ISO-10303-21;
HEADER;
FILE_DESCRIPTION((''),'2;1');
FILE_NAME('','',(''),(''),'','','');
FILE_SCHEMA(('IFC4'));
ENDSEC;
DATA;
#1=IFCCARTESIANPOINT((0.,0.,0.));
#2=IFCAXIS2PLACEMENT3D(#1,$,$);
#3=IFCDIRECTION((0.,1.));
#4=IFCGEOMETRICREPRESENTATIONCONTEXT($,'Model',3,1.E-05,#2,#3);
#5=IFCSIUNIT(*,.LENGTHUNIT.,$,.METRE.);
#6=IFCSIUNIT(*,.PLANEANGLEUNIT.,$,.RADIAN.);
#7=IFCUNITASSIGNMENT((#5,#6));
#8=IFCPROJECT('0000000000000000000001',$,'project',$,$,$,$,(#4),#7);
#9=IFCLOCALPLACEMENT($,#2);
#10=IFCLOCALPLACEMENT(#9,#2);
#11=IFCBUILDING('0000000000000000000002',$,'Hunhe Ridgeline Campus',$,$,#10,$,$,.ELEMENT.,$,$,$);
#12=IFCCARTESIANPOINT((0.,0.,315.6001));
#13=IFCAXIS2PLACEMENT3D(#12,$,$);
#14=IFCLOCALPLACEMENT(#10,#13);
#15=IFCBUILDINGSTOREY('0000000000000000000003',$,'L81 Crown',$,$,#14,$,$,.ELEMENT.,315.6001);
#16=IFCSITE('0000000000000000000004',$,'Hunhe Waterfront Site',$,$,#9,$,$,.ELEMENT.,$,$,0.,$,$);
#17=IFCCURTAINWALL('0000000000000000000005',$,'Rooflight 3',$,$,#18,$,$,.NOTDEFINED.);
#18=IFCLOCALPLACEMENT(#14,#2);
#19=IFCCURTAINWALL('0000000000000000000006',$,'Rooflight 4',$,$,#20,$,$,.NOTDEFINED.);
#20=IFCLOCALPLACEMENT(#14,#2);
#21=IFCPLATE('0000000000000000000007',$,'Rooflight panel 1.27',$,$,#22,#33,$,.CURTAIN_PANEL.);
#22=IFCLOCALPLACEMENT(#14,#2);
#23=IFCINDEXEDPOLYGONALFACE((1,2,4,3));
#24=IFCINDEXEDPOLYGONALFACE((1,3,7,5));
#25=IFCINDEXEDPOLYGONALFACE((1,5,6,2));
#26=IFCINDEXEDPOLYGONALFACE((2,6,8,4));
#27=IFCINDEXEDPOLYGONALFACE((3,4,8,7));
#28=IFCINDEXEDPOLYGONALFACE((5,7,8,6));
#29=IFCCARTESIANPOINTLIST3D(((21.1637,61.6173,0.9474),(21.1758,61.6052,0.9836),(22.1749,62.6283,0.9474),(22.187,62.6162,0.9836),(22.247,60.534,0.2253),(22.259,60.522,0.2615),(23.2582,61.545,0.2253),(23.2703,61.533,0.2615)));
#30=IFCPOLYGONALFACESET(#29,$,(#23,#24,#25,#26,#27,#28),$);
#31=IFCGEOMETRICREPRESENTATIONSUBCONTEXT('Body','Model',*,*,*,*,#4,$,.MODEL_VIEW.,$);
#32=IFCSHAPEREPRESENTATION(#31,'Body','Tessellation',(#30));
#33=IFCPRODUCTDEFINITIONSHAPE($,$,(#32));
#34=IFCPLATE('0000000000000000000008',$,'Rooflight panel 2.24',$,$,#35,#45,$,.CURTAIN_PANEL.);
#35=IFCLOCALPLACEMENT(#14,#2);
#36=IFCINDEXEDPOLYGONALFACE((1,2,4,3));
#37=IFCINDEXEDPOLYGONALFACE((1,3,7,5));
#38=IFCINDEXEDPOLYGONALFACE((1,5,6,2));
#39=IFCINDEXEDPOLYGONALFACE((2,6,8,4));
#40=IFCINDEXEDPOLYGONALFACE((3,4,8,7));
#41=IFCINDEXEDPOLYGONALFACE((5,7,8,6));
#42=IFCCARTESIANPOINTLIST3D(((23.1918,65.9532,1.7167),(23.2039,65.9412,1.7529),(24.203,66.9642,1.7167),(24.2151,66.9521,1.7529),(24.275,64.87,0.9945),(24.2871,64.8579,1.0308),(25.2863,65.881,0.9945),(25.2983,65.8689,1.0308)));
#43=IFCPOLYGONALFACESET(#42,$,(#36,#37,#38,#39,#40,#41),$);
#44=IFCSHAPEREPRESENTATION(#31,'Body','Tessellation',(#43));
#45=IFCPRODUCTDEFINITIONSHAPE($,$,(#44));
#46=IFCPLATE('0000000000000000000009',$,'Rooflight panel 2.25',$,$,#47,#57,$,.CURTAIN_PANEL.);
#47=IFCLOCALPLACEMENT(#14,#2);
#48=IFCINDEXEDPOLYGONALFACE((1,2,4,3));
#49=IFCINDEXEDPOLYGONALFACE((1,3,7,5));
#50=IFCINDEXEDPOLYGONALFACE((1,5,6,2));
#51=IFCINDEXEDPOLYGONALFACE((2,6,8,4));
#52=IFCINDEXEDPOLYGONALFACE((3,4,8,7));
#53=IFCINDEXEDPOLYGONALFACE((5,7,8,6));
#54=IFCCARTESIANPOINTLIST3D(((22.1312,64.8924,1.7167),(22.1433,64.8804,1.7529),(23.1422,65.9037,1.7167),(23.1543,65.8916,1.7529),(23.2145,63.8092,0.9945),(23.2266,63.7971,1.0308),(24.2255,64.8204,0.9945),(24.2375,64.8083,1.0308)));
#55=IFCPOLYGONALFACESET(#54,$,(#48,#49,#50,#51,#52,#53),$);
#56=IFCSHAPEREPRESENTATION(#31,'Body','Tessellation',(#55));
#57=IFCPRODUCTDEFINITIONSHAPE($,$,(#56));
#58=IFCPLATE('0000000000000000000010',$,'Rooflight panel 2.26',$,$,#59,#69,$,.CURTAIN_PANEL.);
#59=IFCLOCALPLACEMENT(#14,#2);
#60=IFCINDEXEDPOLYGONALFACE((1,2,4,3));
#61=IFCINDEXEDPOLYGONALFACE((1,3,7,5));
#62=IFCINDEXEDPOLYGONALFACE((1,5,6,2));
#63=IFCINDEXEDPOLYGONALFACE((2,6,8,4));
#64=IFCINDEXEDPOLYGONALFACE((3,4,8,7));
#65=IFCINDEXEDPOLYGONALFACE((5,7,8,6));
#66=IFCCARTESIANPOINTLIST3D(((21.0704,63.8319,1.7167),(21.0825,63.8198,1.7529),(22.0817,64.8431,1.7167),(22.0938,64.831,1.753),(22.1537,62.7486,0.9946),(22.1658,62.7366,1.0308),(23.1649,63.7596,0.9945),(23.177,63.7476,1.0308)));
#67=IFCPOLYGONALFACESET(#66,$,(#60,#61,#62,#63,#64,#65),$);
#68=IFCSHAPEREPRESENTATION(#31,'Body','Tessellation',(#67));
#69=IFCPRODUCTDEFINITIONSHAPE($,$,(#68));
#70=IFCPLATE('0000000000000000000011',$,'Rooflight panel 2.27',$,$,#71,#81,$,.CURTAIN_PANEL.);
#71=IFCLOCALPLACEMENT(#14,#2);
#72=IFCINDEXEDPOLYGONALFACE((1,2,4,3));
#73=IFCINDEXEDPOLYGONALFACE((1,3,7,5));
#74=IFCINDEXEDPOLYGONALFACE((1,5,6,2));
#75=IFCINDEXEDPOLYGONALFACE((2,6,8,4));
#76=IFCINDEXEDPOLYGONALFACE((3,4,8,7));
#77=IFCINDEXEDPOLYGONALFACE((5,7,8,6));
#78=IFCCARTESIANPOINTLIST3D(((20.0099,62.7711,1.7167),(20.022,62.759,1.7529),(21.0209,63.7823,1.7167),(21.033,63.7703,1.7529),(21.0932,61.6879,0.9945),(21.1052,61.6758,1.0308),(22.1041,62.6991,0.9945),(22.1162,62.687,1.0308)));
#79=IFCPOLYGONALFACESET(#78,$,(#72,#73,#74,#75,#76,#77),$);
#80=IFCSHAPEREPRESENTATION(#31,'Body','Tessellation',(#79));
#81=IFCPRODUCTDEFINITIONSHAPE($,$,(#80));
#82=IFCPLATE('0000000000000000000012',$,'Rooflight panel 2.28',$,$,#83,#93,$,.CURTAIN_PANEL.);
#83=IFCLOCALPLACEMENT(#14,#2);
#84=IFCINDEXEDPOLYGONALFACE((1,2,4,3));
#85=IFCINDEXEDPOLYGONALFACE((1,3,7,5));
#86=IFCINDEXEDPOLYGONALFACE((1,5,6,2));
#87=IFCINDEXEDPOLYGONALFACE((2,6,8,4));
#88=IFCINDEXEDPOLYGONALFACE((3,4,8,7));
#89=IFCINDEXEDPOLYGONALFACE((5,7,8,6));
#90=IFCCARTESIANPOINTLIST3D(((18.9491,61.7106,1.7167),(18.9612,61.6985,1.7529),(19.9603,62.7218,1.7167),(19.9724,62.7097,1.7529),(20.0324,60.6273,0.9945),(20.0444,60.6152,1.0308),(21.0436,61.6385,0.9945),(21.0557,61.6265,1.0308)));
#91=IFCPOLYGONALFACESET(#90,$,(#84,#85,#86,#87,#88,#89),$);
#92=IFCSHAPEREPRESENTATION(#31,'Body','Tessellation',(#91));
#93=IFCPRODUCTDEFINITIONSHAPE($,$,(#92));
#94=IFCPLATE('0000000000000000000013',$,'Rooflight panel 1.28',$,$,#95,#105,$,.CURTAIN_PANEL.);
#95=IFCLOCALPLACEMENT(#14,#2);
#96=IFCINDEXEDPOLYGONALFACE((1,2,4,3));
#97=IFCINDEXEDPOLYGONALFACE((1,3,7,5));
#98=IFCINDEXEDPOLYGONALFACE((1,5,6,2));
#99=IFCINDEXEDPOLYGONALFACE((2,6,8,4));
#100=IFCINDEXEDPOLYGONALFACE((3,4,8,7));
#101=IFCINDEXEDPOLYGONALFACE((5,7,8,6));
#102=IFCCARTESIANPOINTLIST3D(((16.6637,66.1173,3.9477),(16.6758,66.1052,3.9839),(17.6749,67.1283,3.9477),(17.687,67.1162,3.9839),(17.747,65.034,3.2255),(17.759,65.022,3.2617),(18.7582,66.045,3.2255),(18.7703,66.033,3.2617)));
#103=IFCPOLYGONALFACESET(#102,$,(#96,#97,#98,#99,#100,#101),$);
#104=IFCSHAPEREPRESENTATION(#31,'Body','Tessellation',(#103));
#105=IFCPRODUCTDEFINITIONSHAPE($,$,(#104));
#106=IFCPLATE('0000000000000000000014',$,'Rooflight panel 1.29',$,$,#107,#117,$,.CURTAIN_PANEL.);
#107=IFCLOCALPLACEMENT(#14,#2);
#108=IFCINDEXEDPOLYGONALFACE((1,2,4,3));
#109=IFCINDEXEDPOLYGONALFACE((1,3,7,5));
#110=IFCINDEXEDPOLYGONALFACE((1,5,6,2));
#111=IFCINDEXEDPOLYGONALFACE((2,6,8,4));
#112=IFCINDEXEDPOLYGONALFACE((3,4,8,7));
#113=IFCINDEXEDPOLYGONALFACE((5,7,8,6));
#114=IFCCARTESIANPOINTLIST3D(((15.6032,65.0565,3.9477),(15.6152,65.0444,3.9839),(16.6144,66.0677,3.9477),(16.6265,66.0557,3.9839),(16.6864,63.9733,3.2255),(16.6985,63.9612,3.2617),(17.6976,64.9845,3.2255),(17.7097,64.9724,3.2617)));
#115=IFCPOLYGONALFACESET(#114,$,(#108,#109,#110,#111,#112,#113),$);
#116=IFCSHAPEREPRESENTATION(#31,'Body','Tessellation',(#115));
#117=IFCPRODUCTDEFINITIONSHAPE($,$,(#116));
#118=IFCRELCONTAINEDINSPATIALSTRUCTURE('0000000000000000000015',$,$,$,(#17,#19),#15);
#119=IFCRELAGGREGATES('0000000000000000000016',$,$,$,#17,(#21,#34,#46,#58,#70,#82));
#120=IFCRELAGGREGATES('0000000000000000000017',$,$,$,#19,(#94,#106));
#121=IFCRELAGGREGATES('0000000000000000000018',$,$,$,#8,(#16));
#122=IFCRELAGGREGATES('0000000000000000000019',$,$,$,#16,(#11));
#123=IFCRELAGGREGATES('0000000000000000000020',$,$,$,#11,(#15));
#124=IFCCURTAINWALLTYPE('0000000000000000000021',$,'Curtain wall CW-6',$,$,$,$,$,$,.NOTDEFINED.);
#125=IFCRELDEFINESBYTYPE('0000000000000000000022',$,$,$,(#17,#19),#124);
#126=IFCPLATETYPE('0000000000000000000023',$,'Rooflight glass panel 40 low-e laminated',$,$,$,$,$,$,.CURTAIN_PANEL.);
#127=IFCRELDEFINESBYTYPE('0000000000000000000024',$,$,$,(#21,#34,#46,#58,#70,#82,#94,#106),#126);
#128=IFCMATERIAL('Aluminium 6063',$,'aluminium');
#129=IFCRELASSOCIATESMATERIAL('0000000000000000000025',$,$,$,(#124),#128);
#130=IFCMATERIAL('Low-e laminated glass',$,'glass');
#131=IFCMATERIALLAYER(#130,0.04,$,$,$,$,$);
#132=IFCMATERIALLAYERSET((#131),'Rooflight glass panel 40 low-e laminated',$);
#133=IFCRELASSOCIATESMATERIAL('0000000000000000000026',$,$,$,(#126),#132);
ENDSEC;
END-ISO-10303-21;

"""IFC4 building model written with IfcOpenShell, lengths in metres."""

from ifc_helpers import new_model, si_unit, direction, frame, origin, place, context, subcontext, project, spatial, polyline, outline, extrude, material, layer, layer_set, type_object, element, aggregate, save


model = new_model("IFC4")

# Units and contexts
model_context = context("Model", 3, precision=1e-05, world=origin(), true_north=direction((0.0, 1.0)))
body_context = subcontext(model_context, "Body", "Model", "MODEL_VIEW")
ifc_project = project(units=[si_unit("LENGTHUNIT", "METRE"), si_unit("PLANEANGLEUNIT", "RADIAN")], contexts=[model_context])

# Site, building, storey
site_placement = place(None, origin())
site = spatial("IfcSite", under=ifc_project, at=site_placement, Name="Hunhe Waterfront Site", CompositionType="ELEMENT", RefElevation=0.0)
building_placement = place(site_placement, origin())
building = spatial("IfcBuilding", under=site, at=building_placement, Name="Hunhe Ridgeline Campus", CompositionType="ELEMENT")
storey_placement = place(building_placement, frame((0.0, 0.0, 315.6001)))
storey = spatial("IfcBuildingStorey", under=building, at=storey_placement, Name="L81 Crown", CompositionType="ELEMENT", Elevation=315.6001)

# Curtain wall
ifc_material_1 = material(Name="Aluminium 6063", Category="aluminium")
curtain_wall_type = type_object("IfcCurtainWallType", Name="Curtain wall CW-6", PredefinedType="NOTDEFINED", material=ifc_material_1)
curtain_wall_1_placement = place(storey_placement, origin())
curtain_wall_1 = element("IfcCurtainWall", 1, at=curtain_wall_1_placement, inside=storey, type_object=curtain_wall_type, Name="Rooflight 3", PredefinedType="NOTDEFINED")

# Curtain wall
curtain_wall_2_placement = place(storey_placement, origin())
curtain_wall_2 = element("IfcCurtainWall", 2, at=curtain_wall_2_placement, inside=storey, type_object=curtain_wall_type, Name="Rooflight 4", PredefinedType="NOTDEFINED")

# Plates
ifc_material_2 = material(Name="Low-e laminated glass", Category="glass")
ifc_layer = layer(ifc_material_2, 0.04)
ifc_layer_set = layer_set([ifc_layer], Name="Rooflight glass panel 40 low-e laminated")
plate_type = type_object("IfcPlateType", Name="Rooflight glass panel 40 low-e laminated", PredefinedType="CURTAIN_PANEL", material=ifc_layer_set)
plate_1_placement = place(storey_placement, frame((23.2703, 61.533, 0.2615), z_axis=(0.301475, -0.301548, 0.904534), x_axis=(-0.639602, 0.639602, 0.426401)))
plate_1 = element("IfcPlate", 3, at=plate_1_placement, type_object=plate_type, Name="Rooflight panel 1.27", PredefinedType="CURTAIN_PANEL", context=body_context, shape_type="SweptSolid", body=[
    extrude(outline(polyline([(0.0, 0.0), (1.6936, 0.0), (1.6938, 1.4299), (0.0002, 1.4299), (0.0, 0.0)])), origin(), (0.0, 0.0, -1.0), 0.04),
])
plate_2_placement = place(storey_placement, frame((25.2983, 65.8689, 1.0308), z_axis=(0.301475, -0.301548, 0.904534), x_axis=(-0.639602, 0.639602, 0.426401)))
plate_2 = element("IfcPlate", 4, at=plate_2_placement, type_object=plate_type, Name="Rooflight panel 2.24", PredefinedType="CURTAIN_PANEL", context=body_context, shape_type="SweptSolid", body=[
    extrude(outline(polyline([(0.0, 0.0), (1.6936, 0.0), (1.6938, 1.4299), (0.0002, 1.4299), (0.0, 0.0)])), origin(), (0.0, 0.0, -1.0), 0.04),
])
plate_3_placement = place(storey_placement, frame((24.2375, 64.8083, 1.0308), z_axis=(0.301548, -0.301475, 0.904534), x_axis=(-0.639602, 0.639602, 0.426401)))
plate_3 = element("IfcPlate", 5, at=plate_3_placement, type_object=plate_type, Name="Rooflight panel 2.25", PredefinedType="CURTAIN_PANEL", context=body_context, shape_type="SweptSolid", body=[
    extrude(outline(polyline([(0.0, 0.0), (1.6936, 0.0), (1.6935, 1.4299), (-0.0002, 1.4299), (0.0, 0.0)])), origin(), (0.0, 0.0, -1.0), 0.04),
])
plate_4_placement = place(storey_placement, frame((23.177, 63.7476, 1.0308), z_axis=(0.301479, -0.301516, 0.904543), x_axis=(-0.639537, 0.639681, 0.426382)))
plate_4 = element("IfcPlate", 6, at=plate_4_placement, type_object=plate_type, Name="Rooflight panel 2.26", PredefinedType="CURTAIN_PANEL", context=body_context, shape_type="SweptSolid", body=[
    extrude(outline(polyline([(0.0, 0.0), (1.6938, 0.0), (1.6936, 1.4301), (0.0, 1.4299), (0.0, 0.0)])), origin(), (0.0, 0.0, -1.0), 0.04),
])
plate_5_placement = place(storey_placement, frame((22.1162, 62.687, 1.0308), z_axis=(0.301548, -0.301475, 0.904534), x_axis=(-0.639602, 0.639602, 0.426401)))
plate_5 = element("IfcPlate", 7, at=plate_5_placement, type_object=plate_type, Name="Rooflight panel 2.27", PredefinedType="CURTAIN_PANEL", context=body_context, shape_type="SweptSolid", body=[
    extrude(outline(polyline([(0.0, 0.0), (1.6936, 0.0), (1.6935, 1.4299), (-0.0002, 1.4299), (0.0, 0.0)])), origin(), (0.0, 0.0, -1.0), 0.04),
])
plate_6_placement = place(storey_placement, frame((21.0557, 61.6265, 1.0308), z_axis=(0.301511, -0.301511, 0.904534), x_axis=(-0.639602, 0.639602, 0.426401)))
plate_6 = element("IfcPlate", 8, at=plate_6_placement, type_object=plate_type, Name="Rooflight panel 2.28", PredefinedType="CURTAIN_PANEL", context=body_context, shape_type="SweptSolid", body=[
    extrude(outline(polyline([(0.0, 0.0), (1.6936, 0.0), (1.6936, 1.4301), (0.0, 1.4301), (0.0, 0.0)])), origin(), (0.0, 0.0, -1.0), 0.04),
])
aggregate(curtain_wall_1, [plate_1, plate_2, plate_3, plate_4, plate_5, plate_6])
plate_7_placement = place(storey_placement, frame((18.7703, 66.033, 3.2617), z_axis=(0.301475, -0.301548, 0.904534), x_axis=(-0.639602, 0.639602, 0.426401)))
plate_7 = element("IfcPlate", 9, at=plate_7_placement, type_object=plate_type, Name="Rooflight panel 1.28", PredefinedType="CURTAIN_PANEL", context=body_context, shape_type="SweptSolid", body=[
    extrude(outline(polyline([(0.0, 0.0), (1.6936, 0.0), (1.6938, 1.4299), (0.0002, 1.4299), (0.0, 0.0)])), origin(), (0.0, 0.0, -1.0), 0.04),
])
plate_8_placement = place(storey_placement, frame((17.7097, 64.9724, 3.2617), z_axis=(0.301511, -0.301511, 0.904534), x_axis=(-0.639602, 0.639602, 0.426401)))
plate_8 = element("IfcPlate", 10, at=plate_8_placement, type_object=plate_type, Name="Rooflight panel 1.29", PredefinedType="CURTAIN_PANEL", context=body_context, shape_type="SweptSolid", body=[
    extrude(outline(polyline([(0.0, 0.0), (1.6936, 0.0), (1.6936, 1.4301), (0.0, 1.4301), (0.0, 0.0)])), origin(), (0.0, 0.0, -1.0), 0.04),
])
aggregate(curtain_wall_2, [plate_7, plate_8])

save(model, "model.ifc")
